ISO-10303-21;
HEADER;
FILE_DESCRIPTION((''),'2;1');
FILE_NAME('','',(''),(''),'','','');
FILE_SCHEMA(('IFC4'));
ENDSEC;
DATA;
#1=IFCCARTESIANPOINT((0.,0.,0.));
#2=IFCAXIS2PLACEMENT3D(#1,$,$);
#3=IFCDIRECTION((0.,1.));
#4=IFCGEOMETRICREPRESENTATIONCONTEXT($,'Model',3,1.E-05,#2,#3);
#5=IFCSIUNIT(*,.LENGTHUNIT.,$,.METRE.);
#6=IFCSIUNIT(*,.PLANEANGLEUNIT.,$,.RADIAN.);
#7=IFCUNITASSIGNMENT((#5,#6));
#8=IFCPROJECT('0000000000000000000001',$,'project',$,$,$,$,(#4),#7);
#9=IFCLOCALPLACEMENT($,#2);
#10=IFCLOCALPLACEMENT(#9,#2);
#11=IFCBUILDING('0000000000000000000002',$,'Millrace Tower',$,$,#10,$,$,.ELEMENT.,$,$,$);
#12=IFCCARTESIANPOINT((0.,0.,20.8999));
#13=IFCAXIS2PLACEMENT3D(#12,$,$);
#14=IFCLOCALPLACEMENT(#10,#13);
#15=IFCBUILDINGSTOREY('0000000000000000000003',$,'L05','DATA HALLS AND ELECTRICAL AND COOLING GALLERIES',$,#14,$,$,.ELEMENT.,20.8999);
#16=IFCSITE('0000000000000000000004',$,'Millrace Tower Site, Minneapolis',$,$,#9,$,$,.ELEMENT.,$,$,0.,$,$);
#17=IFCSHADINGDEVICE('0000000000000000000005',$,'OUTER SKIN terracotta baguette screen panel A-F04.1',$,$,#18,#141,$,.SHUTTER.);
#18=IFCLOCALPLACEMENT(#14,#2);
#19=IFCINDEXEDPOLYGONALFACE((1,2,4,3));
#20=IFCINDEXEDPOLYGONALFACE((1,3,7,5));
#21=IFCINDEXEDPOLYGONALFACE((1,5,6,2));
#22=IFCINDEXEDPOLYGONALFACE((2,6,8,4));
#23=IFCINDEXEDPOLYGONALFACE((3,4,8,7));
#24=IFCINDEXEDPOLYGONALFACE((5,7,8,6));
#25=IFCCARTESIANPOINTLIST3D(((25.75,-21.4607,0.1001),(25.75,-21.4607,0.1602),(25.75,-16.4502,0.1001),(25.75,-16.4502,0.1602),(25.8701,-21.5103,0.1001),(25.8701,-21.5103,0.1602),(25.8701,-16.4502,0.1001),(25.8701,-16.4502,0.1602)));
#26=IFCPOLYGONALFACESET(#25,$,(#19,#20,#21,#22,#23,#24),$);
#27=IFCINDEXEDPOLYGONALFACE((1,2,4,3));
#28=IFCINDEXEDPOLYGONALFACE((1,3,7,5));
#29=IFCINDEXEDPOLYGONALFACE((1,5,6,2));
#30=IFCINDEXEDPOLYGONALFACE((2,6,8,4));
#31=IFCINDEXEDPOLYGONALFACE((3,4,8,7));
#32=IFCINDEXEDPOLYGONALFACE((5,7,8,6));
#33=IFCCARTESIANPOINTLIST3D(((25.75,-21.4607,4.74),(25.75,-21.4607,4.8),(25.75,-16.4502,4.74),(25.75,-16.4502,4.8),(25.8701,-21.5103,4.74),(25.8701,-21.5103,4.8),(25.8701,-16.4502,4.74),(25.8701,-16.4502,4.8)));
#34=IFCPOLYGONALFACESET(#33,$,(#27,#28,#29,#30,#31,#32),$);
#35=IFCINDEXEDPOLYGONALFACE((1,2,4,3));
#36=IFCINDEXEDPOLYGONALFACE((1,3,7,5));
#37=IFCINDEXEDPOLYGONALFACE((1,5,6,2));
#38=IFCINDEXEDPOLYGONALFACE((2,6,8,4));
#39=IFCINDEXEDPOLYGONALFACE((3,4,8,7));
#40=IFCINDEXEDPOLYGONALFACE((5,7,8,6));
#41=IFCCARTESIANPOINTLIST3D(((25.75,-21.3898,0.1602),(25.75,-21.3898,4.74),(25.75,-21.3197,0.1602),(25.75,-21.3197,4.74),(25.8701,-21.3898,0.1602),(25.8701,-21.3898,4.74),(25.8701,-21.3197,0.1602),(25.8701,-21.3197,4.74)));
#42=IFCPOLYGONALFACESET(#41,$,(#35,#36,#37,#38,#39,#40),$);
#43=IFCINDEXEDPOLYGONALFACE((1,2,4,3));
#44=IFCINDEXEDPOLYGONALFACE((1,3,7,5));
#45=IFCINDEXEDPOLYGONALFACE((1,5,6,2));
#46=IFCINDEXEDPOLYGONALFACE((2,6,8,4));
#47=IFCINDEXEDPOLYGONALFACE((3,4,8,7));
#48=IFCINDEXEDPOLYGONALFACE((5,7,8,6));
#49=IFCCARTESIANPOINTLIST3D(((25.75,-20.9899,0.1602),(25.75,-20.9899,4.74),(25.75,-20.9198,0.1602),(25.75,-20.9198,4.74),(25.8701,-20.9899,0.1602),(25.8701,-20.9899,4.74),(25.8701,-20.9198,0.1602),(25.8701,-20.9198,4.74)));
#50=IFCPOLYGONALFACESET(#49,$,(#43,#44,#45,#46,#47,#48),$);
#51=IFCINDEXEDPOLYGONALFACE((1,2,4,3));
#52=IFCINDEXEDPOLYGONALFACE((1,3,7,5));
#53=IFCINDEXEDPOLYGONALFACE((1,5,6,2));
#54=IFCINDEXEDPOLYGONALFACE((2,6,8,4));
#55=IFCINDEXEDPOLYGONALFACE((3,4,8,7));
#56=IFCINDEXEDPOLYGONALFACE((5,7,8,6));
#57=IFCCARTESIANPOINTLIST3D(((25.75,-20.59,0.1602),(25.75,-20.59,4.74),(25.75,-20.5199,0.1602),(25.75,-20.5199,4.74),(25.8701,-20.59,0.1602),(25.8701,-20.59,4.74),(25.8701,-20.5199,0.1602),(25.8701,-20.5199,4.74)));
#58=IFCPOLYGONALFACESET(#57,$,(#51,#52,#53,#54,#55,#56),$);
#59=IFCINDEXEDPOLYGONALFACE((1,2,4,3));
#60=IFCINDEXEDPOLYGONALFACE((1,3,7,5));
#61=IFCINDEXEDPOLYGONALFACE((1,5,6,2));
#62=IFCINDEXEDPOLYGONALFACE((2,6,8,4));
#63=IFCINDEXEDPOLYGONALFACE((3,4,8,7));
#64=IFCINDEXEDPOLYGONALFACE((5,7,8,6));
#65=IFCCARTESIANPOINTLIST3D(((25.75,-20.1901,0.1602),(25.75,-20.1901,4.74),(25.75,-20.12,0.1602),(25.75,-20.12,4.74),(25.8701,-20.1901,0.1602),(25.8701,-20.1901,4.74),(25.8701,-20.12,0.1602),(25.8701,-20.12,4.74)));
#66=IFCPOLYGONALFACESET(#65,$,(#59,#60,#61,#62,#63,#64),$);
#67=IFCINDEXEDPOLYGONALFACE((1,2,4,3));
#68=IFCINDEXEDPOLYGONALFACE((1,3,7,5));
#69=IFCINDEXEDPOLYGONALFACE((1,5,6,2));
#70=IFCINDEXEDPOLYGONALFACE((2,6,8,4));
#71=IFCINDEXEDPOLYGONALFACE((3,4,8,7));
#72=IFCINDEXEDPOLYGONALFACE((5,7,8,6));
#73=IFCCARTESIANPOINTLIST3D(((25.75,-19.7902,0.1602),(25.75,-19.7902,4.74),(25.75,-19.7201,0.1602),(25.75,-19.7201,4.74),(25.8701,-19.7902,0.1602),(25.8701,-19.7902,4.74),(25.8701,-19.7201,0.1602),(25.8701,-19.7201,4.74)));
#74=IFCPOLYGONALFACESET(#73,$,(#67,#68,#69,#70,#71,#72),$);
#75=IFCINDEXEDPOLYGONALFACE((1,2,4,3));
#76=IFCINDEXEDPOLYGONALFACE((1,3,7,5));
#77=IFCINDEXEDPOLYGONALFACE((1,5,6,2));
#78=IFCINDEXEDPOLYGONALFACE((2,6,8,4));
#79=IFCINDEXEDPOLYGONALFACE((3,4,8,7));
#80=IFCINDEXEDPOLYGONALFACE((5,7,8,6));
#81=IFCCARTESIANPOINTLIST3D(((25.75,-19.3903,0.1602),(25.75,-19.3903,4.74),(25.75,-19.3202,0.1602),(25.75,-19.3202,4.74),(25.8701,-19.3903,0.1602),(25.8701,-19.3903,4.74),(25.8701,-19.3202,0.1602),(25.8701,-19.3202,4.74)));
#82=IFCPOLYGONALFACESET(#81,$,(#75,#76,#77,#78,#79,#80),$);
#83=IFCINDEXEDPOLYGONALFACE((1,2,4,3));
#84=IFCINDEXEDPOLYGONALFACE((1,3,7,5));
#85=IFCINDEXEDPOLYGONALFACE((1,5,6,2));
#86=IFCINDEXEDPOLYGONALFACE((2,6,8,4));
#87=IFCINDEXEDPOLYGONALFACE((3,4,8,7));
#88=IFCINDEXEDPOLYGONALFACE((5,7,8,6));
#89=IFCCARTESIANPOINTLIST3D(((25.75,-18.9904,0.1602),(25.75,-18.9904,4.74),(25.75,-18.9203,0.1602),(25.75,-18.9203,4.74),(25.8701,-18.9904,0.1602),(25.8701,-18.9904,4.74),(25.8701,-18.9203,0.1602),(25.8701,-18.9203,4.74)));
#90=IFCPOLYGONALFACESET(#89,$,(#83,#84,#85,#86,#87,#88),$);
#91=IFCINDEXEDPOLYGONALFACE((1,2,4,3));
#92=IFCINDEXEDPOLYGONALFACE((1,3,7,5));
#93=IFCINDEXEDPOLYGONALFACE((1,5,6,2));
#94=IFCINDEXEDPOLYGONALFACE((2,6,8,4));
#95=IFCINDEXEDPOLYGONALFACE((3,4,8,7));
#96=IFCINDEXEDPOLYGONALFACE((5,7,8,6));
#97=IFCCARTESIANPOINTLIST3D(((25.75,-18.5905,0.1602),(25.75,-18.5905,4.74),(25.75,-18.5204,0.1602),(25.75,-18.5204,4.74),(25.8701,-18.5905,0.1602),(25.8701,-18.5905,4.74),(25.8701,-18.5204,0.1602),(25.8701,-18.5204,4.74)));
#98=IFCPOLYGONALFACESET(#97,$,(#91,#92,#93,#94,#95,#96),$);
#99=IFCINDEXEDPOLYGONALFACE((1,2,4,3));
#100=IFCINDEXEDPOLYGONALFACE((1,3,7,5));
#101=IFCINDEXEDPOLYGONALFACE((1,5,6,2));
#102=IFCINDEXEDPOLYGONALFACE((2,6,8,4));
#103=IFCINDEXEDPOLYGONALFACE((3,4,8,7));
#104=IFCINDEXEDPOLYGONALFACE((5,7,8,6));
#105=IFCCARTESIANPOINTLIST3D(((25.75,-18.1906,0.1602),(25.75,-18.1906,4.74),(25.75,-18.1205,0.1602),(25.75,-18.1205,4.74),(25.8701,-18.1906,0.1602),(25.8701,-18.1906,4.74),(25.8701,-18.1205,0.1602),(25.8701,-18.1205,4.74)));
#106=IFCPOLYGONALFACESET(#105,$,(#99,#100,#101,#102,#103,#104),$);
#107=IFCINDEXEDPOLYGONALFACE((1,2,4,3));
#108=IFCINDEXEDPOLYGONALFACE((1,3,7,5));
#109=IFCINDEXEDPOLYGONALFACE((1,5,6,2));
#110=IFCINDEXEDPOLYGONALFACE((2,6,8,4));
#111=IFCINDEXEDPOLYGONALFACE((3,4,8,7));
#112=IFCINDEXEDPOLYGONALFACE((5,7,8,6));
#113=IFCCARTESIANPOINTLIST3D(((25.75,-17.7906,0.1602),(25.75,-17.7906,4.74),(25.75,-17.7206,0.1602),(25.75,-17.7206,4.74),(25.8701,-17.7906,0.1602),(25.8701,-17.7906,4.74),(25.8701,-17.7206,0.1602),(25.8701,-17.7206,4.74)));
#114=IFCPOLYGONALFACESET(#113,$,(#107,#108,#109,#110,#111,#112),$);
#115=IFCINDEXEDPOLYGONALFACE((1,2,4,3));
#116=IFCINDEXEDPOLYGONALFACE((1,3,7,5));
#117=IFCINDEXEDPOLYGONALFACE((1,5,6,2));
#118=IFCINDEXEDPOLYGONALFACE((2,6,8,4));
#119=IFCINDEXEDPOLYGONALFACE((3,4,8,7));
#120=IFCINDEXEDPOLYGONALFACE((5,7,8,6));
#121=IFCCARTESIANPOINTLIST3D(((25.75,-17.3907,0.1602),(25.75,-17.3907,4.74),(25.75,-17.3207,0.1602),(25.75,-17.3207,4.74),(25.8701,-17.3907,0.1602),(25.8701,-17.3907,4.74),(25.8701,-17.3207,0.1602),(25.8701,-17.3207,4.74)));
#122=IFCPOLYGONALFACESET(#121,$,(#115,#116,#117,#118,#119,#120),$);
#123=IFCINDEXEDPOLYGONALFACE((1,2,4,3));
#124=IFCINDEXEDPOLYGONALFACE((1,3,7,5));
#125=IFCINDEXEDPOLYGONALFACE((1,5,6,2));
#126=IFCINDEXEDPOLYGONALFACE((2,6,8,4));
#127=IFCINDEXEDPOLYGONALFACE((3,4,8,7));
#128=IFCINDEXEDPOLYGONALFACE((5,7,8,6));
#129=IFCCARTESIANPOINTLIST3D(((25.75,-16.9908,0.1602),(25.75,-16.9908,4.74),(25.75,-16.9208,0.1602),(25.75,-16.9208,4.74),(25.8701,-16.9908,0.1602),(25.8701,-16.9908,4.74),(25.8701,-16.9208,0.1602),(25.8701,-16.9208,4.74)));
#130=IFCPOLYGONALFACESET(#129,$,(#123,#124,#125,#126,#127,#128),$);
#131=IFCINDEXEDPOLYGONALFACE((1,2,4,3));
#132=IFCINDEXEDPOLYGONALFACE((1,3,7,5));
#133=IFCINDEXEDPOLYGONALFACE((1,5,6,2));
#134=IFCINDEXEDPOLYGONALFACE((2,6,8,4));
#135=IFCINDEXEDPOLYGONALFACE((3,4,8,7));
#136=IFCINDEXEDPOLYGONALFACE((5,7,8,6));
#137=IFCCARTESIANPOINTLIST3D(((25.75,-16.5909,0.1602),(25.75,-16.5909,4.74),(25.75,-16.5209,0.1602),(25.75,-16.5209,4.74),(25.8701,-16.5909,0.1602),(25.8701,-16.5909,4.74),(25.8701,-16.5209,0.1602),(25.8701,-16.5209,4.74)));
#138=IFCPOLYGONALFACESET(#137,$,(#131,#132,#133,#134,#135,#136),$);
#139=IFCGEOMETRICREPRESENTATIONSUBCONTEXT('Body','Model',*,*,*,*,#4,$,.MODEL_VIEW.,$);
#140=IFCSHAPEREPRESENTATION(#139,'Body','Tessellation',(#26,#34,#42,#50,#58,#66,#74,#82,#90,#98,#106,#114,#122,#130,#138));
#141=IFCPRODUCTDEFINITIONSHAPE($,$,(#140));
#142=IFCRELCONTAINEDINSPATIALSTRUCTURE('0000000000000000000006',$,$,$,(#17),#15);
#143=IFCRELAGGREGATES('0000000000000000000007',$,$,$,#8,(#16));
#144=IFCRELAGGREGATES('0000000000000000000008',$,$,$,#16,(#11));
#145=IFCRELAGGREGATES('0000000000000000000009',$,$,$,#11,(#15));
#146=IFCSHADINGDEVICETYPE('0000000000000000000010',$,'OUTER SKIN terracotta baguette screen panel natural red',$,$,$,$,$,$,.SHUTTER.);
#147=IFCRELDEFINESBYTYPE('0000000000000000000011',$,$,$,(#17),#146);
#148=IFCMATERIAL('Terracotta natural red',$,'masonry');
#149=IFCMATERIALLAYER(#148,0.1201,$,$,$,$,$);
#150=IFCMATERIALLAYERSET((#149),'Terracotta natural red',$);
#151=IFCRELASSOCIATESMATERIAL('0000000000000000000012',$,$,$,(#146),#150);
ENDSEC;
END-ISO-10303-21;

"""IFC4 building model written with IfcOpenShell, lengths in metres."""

from ifc_helpers import new_model, entity, si_unit, direction, frame, frame_2d, origin, place, context, subcontext, project, spatial, rectangle, extrude, source, transform, mapped, material, layer, layer_set, type_object, element, save


model = new_model("IFC4")

# Units and contexts
model_context = context("Model", 3, precision=1e-05, world=origin(), true_north=direction((0.0, 1.0)))
body_context = subcontext(model_context, "Body", "Model", "MODEL_VIEW")
ifc_project = project(units=[si_unit("LENGTHUNIT", "METRE"), si_unit("PLANEANGLEUNIT", "RADIAN")], contexts=[model_context])

# Site, building, storey
site_placement = place(None, origin())
site = spatial("IfcSite", under=ifc_project, at=site_placement, Name="Millrace Tower Site, Minneapolis", CompositionType="ELEMENT", RefElevation=0.0)
building_placement = place(site_placement, origin())
building = spatial("IfcBuilding", under=site, at=building_placement, Name="Millrace Tower", CompositionType="ELEMENT")
storey_placement = place(building_placement, frame((0.0, 0.0, 20.8999)))
storey = spatial("IfcBuildingStorey", under=building, at=storey_placement, Name="L05", Description="DATA HALLS AND ELECTRICAL AND COOLING GALLERIES", CompositionType="ELEMENT", Elevation=20.8999)

# Shading device
ifc_material_1 = material(Name="Terracotta natural red", Category="masonry")
ifc_layer_1 = layer(ifc_material_1, 0.1201)
ifc_layer_set_1 = layer_set([ifc_layer_1], Name="Terracotta natural red")
shading_device_type_1 = type_object("IfcShadingDeviceType", Name="OUTER SKIN terracotta baguette screen panel natural red", PredefinedType="SHUTTER", material=ifc_layer_set_1)
cartesian_point_1 = entity("IfcCartesianPoint", [-2.4929, 0.0601])
shared_polyline_1 = entity("IfcPolyline", [cartesian_point_1, entity("IfcCartesianPoint", [2.5176, 0.0601]), entity("IfcCartesianPoint", [2.5176, -0.0601]), entity("IfcCartesianPoint", [-2.5425, -0.0601]), cartesian_point_1])
shared_shape_1 = source(origin(), body_context, "Body", "SweptSolid", [
    entity("IfcExtrudedAreaSolid", entity("IfcArbitraryClosedProfileDef", "AREA", None, shared_polyline_1), entity("IfcAxis2Placement3D", entity("IfcCartesianPoint", [0.0, 0.0, 0.0])), entity("IfcDirection", [0.0, 0.0, 1.0]), 0.0601),
    entity("IfcExtrudedAreaSolid", entity("IfcArbitraryClosedProfileDef", "AREA", None, shared_polyline_1), entity("IfcAxis2Placement3D", entity("IfcCartesianPoint", [0.0, 0.0, 4.6399])), entity("IfcDirection", [0.0, 0.0, 1.0]), 0.0601),
    extrude(rectangle(XDim=0.0701, YDim=0.1201, at=frame_2d((-2.387, 0.0))), frame((0.0, 0.0, 0.0601)), (0.0, 0.0, 1.0), 4.5798),
    extrude(rectangle(XDim=0.0701, YDim=0.1201, at=frame_2d((-1.9871, 0.0))), frame((0.0, 0.0, 0.0601)), (0.0, 0.0, 1.0), 4.5798),
    extrude(rectangle(XDim=0.0701, YDim=0.1201, at=frame_2d((-1.5872, 0.0))), frame((0.0, 0.0, 0.0601)), (0.0, 0.0, 1.0), 4.5798),
    extrude(rectangle(XDim=0.0701, YDim=0.1201, at=frame_2d((-1.1873, 0.0))), frame((0.0, 0.0, 0.0601)), (0.0, 0.0, 1.0), 4.5798),
    extrude(rectangle(XDim=0.0701, YDim=0.1201, at=frame_2d((-0.7874, 0.0))), frame((0.0, 0.0, 0.0601)), (0.0, 0.0, 1.0), 4.5798),
    extrude(rectangle(XDim=0.0701, YDim=0.1201, at=frame_2d((-0.3875, 0.0))), frame((0.0, 0.0, 0.0601)), (0.0, 0.0, 1.0), 4.5798),
    extrude(rectangle(XDim=0.0701, YDim=0.1201, at=frame_2d((0.0125, 0.0))), frame((0.0, 0.0, 0.0601)), (0.0, 0.0, 1.0), 4.5798),
    extrude(rectangle(XDim=0.0701, YDim=0.1201, at=frame_2d((0.4124, 0.0))), frame((0.0, 0.0, 0.0601)), (0.0, 0.0, 1.0), 4.5798),
    extrude(rectangle(XDim=0.0701, YDim=0.1201, at=frame_2d((0.8123, 0.0))), frame((0.0, 0.0, 0.0601)), (0.0, 0.0, 1.0), 4.5798),
    extrude(rectangle(XDim=0.0701, YDim=0.1201, at=frame_2d((1.2122, 0.0))), frame((0.0, 0.0, 0.0601)), (0.0, 0.0, 1.0), 4.5798),
    extrude(rectangle(XDim=0.0701, YDim=0.1201, at=frame_2d((1.6121, 0.0))), frame((0.0, 0.0, 0.0601)), (0.0, 0.0, 1.0), 4.5798),
    extrude(rectangle(XDim=0.0701, YDim=0.1201, at=frame_2d((2.012, 0.0))), frame((0.0, 0.0, 0.0601)), (0.0, 0.0, 1.0), 4.5798),
    extrude(rectangle(XDim=0.0701, YDim=0.1201, at=frame_2d((2.4119, 0.0))), frame((0.0, 0.0, 0.0601)), (0.0, 0.0, 1.0), 4.5798),
])
shading_device_1_placement = place(storey_placement, frame((25.8101, -18.9678, 0.1001), z_axis=(0.0, 0.0, 1.0), x_axis=(0.0, 1.0, 0.0)))
element("IfcShadingDevice", 1, at=shading_device_1_placement, inside=storey, type_object=shading_device_type_1, Name="OUTER SKIN terracotta baguette screen panel A-F04.1", PredefinedType="SHUTTER", context=body_context, shape_type="MappedRepresentation", body=[
    mapped(shared_shape_1, transform((0.0, 0.0, 0.0), scale=1.0)),
])

save(model, "model.ifc")
